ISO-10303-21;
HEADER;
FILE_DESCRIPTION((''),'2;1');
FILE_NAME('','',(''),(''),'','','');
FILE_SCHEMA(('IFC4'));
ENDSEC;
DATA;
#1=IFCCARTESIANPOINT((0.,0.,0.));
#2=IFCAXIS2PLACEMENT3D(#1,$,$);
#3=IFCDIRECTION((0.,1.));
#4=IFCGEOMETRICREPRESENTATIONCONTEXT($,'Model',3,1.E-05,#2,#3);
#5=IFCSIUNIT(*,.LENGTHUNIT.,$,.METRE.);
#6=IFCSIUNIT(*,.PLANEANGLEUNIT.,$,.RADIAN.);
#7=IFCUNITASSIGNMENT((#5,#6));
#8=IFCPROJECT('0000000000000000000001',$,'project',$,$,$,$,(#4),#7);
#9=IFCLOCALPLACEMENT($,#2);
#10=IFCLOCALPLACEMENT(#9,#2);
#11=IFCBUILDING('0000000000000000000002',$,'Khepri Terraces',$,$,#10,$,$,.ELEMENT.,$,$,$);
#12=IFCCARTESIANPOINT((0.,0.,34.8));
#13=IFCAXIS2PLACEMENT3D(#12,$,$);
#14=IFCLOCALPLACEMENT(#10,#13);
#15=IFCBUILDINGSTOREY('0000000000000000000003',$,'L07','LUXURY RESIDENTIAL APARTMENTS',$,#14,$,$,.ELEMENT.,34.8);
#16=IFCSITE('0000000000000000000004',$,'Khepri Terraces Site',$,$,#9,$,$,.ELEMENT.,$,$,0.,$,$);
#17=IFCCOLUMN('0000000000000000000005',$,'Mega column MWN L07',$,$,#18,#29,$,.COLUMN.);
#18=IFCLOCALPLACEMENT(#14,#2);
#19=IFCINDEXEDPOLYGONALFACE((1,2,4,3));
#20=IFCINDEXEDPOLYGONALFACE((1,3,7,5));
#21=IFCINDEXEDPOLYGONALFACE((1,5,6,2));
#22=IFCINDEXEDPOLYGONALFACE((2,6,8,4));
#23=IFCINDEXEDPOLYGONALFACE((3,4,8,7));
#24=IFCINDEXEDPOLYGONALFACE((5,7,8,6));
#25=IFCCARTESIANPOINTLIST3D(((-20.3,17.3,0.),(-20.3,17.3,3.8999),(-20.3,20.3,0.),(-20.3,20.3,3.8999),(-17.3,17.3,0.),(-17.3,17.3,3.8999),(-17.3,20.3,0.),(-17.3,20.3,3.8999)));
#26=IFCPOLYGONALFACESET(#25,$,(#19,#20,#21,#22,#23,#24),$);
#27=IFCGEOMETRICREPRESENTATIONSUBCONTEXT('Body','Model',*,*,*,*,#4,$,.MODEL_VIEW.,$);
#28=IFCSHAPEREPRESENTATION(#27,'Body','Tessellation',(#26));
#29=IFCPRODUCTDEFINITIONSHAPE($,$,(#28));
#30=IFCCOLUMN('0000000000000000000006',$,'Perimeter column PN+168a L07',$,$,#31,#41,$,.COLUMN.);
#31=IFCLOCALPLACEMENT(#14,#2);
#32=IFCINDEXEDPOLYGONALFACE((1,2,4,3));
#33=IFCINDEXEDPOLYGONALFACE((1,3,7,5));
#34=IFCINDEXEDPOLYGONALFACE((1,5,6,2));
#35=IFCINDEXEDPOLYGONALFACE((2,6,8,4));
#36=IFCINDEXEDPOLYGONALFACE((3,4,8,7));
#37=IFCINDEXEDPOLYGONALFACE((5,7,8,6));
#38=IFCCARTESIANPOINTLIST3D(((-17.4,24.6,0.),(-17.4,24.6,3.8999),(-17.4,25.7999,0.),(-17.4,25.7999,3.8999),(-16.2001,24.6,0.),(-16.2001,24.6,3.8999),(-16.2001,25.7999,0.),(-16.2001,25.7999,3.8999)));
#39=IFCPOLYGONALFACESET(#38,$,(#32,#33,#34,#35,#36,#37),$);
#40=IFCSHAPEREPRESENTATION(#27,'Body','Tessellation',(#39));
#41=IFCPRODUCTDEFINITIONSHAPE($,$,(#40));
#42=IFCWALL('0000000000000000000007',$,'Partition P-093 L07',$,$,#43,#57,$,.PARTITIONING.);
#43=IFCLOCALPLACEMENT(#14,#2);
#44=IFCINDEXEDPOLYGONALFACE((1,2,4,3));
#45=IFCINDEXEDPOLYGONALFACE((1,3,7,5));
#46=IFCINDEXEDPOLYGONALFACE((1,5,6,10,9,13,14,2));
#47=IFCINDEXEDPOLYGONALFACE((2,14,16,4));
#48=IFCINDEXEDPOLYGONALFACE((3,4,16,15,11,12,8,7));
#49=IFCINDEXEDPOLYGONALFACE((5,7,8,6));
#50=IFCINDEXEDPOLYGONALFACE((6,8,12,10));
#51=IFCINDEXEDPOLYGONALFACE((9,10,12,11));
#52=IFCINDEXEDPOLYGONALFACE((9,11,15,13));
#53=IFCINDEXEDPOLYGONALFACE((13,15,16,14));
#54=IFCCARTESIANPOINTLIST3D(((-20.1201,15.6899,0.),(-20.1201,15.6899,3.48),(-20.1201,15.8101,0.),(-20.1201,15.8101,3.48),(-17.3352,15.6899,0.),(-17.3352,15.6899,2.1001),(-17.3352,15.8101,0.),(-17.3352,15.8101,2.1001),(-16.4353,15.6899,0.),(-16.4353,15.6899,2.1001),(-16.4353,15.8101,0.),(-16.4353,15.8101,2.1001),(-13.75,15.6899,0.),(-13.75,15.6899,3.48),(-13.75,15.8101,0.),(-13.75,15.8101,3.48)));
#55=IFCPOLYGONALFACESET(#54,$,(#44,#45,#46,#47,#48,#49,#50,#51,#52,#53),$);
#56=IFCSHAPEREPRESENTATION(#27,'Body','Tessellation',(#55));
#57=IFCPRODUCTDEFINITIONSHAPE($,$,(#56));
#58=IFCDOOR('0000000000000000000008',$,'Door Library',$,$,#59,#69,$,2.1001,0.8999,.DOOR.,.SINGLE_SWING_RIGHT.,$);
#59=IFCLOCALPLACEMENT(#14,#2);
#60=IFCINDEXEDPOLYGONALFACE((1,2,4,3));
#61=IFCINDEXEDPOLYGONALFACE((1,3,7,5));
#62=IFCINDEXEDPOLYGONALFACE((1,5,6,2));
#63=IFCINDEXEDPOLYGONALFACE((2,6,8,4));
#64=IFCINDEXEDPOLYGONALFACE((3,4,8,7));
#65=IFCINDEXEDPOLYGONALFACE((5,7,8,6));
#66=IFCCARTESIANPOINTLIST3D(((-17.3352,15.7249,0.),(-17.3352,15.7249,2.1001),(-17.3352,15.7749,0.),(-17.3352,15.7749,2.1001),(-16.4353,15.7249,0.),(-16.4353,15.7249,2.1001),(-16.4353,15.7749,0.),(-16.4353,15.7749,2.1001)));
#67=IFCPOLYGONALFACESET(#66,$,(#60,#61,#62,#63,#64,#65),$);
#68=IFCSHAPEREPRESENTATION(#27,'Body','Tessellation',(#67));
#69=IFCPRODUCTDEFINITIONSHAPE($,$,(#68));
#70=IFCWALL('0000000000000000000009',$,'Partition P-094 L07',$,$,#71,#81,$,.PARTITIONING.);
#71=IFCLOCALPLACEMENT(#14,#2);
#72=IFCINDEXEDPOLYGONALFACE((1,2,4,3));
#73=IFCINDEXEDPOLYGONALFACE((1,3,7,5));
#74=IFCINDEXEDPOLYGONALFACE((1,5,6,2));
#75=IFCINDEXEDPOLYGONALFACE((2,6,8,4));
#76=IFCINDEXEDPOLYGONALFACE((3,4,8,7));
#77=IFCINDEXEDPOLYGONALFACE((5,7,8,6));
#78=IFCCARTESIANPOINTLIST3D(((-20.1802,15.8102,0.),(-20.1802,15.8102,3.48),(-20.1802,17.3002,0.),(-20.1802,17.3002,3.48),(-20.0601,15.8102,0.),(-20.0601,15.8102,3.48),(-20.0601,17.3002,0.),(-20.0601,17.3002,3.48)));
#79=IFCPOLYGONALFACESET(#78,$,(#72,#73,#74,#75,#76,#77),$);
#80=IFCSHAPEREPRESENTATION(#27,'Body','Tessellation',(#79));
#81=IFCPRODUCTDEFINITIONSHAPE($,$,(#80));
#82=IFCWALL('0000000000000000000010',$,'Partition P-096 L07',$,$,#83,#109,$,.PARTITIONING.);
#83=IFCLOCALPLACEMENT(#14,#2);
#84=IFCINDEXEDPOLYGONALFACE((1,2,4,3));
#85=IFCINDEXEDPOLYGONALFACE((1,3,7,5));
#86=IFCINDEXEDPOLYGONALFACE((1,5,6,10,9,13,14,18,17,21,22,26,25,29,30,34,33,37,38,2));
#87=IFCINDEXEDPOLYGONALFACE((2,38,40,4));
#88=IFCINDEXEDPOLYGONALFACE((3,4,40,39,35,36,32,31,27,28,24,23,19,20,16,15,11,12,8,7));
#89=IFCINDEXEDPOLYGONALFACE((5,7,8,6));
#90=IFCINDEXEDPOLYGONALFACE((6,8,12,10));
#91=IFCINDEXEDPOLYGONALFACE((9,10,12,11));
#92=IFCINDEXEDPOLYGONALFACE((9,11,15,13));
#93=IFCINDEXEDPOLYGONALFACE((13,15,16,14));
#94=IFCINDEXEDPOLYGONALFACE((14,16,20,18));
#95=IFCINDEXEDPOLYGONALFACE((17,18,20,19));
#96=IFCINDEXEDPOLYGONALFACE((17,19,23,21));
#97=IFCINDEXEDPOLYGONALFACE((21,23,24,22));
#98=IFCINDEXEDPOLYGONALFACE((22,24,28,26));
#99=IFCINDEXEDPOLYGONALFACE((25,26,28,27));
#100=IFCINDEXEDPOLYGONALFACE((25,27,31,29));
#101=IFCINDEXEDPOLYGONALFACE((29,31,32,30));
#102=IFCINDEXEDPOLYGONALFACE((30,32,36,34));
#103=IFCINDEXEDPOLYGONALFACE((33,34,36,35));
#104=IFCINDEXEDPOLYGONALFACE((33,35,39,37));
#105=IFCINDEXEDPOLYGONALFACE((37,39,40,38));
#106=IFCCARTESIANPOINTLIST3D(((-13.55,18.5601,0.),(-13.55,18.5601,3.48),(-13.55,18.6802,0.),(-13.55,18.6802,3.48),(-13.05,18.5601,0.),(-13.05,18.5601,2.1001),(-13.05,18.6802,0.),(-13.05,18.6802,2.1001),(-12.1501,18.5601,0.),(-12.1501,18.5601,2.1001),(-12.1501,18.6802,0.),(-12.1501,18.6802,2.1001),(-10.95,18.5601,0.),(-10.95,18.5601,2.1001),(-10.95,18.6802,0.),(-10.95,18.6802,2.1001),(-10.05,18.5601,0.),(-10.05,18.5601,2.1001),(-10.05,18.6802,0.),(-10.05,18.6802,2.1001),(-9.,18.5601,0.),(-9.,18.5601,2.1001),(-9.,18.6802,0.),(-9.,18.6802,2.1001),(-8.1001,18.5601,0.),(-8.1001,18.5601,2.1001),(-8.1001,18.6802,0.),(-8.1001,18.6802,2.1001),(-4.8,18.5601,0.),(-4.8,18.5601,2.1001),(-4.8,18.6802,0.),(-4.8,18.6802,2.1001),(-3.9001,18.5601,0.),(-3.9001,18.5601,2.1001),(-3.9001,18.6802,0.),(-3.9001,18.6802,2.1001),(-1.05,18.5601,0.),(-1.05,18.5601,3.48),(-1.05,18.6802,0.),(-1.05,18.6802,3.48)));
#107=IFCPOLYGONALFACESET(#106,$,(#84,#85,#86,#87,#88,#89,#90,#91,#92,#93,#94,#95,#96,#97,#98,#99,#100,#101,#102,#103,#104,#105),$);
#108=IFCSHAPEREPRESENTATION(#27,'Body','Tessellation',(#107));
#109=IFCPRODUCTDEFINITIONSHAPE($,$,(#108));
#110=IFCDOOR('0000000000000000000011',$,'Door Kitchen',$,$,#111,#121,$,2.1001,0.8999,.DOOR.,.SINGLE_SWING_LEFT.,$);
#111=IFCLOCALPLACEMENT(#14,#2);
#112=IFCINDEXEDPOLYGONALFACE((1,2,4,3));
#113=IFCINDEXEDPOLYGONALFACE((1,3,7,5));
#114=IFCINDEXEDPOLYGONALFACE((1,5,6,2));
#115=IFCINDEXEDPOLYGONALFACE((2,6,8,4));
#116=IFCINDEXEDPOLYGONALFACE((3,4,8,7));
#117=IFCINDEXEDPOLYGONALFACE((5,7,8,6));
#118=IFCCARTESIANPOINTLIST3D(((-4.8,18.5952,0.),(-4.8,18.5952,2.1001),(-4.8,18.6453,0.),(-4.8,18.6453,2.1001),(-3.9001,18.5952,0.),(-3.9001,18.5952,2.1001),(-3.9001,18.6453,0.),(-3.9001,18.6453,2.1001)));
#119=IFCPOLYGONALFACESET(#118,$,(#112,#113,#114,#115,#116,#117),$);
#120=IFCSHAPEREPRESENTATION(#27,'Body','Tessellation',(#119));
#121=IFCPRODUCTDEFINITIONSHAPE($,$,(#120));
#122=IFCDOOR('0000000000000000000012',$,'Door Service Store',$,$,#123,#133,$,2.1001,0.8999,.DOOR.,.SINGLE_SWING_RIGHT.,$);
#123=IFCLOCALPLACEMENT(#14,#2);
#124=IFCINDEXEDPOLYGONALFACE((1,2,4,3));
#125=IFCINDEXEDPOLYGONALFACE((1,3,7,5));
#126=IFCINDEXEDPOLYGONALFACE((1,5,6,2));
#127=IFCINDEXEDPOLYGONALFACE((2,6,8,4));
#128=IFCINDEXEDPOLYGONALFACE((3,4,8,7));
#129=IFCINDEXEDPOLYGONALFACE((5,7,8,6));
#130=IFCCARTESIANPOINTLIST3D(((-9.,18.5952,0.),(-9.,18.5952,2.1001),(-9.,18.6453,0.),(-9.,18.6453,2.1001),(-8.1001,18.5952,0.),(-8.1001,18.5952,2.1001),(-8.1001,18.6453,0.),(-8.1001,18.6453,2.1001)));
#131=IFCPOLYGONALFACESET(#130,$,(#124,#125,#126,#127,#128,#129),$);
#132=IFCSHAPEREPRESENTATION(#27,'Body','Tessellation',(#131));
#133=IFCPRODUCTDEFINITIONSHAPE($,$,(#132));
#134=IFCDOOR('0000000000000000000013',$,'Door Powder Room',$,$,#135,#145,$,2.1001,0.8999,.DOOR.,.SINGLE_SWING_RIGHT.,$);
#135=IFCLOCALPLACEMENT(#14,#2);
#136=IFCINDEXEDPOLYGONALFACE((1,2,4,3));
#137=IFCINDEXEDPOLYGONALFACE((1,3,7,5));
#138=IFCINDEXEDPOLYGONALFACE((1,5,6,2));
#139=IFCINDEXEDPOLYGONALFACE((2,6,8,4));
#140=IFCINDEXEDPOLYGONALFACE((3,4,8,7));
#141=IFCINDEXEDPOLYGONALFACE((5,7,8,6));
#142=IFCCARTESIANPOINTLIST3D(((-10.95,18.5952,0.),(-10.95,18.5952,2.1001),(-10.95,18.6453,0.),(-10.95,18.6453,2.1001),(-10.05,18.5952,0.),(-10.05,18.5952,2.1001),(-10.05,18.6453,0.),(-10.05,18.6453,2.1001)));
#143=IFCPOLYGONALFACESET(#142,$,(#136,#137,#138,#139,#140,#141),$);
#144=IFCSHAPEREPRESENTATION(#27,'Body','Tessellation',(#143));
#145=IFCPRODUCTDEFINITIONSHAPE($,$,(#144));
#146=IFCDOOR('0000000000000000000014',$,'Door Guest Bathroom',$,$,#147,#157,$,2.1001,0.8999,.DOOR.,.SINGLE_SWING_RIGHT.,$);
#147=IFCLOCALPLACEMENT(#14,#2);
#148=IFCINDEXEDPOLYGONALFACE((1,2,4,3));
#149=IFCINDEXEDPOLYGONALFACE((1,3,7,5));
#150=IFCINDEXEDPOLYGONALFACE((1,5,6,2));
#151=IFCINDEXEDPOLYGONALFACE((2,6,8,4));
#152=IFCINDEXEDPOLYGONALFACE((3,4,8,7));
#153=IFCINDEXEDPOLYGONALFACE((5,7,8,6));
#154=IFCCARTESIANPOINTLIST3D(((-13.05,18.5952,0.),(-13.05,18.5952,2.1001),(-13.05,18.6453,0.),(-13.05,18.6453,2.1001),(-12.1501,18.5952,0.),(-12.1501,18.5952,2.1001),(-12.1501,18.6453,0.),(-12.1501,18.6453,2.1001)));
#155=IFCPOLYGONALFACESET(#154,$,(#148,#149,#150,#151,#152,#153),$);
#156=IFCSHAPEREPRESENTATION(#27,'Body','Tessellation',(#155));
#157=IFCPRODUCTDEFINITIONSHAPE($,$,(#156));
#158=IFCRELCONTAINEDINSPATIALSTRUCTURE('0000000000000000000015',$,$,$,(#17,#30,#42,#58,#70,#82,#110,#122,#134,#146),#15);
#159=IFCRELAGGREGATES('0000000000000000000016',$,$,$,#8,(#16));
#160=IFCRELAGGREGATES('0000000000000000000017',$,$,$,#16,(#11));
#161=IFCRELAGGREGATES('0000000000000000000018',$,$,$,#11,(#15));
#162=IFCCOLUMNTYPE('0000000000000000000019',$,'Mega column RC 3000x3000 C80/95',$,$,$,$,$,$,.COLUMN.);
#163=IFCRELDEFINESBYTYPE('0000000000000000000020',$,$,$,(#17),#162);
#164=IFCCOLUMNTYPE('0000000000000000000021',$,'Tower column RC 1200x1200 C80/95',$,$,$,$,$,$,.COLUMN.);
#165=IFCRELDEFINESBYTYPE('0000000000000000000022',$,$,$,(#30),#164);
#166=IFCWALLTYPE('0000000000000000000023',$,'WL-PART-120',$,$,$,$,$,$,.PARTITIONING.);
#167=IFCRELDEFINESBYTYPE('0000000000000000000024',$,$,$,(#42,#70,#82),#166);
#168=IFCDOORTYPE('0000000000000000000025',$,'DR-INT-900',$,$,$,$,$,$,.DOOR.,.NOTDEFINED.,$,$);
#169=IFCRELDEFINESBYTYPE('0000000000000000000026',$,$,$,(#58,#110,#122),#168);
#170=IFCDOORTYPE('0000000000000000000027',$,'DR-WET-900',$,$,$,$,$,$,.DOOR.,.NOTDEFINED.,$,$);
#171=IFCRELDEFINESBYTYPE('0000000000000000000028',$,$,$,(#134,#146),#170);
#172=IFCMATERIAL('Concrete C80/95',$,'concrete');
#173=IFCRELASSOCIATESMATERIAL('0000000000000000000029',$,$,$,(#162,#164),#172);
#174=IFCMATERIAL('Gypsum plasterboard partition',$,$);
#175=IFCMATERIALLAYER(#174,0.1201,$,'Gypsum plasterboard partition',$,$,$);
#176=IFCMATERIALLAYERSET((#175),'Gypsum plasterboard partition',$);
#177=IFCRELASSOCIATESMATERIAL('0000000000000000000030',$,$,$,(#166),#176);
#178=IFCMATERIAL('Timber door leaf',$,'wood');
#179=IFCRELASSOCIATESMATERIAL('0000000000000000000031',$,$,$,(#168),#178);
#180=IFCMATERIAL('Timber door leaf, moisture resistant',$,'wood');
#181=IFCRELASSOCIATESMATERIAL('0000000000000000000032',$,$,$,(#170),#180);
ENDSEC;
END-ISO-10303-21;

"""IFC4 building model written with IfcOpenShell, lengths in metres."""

from ifc_helpers import new_model, si_unit, direction, frame, frame_2d, origin, origin_2d, place, context, subcontext, project, spatial, rectangle, extrude, material, layer, layer_set, material_profile, profile_set, type_object, element, fill, save


model = new_model("IFC4")

# Units and contexts
model_context = context("Model", 3, precision=1e-05, world=origin(), true_north=direction((0.0, 1.0)))
body_context = subcontext(model_context, "Body", "Model", "MODEL_VIEW")
ifc_project = project(units=[si_unit("LENGTHUNIT", "METRE"), si_unit("PLANEANGLEUNIT", "RADIAN")], contexts=[model_context])

# Site, building, storey
site_placement = place(None, origin())
site = spatial("IfcSite", under=ifc_project, at=site_placement, Name="Khepri Terraces Site", CompositionType="ELEMENT", RefElevation=0.0)
building_placement = place(site_placement, origin())
building = spatial("IfcBuilding", under=site, at=building_placement, Name="Khepri Terraces", CompositionType="ELEMENT")
storey_placement = place(building_placement, frame((0.0, 0.0, 34.8)))
storey = spatial("IfcBuildingStorey", under=building, at=storey_placement, Name="L07", Description="LUXURY RESIDENTIAL APARTMENTS", CompositionType="ELEMENT", Elevation=34.8)

# Columns
ifc_material_1 = material(Name="Concrete C80/95", Category="concrete")
ifc_material_profile_1 = material_profile(ifc_material_1, rectangle(XDim=3.0, YDim=3.0, at=origin_2d()), Name="Concrete C80/95", Category="concrete")
ifc_profile_set_1 = profile_set([ifc_material_profile_1], Name="Concrete C80/95")
column_type_1 = type_object("IfcColumnType", Name="Mega column RC 3000x3000 C80/95", PredefinedType="COLUMN", material=ifc_profile_set_1)
column_1_placement = place(storey_placement, frame((-18.8, 18.8, 0.0), z_axis=(0.0, 0.0, 1.0), x_axis=(1.0, 0.0, 0.0)))
element("IfcColumn", 1, at=column_1_placement, inside=storey, type_object=column_type_1, Name="Mega column MWN L07", PredefinedType="COLUMN", context=body_context, shape_type="SweptSolid", body=[
    extrude(rectangle(XDim=3.0, YDim=3.0, at=origin_2d()), origin(), (0.0, 0.0, 1.0), 3.8999),
])
ifc_material_profile_2 = material_profile(ifc_material_1, rectangle(XDim=1.2, YDim=1.2, at=origin_2d()), Name="Concrete C80/95", Category="concrete")
ifc_profile_set_2 = profile_set([ifc_material_profile_2], Name="Concrete C80/95")
column_type_2 = type_object("IfcColumnType", Name="Tower column RC 1200x1200 C80/95", PredefinedType="COLUMN", material=ifc_profile_set_2)
column_2_placement = place(storey_placement, frame((-16.8, 25.2, 0.0), z_axis=(0.0, 0.0, 1.0), x_axis=(1.0, 0.0, 0.0)))
element("IfcColumn", 2, at=column_2_placement, inside=storey, type_object=column_type_2, Name="Perimeter column PN+168a L07", PredefinedType="COLUMN", context=body_context, shape_type="SweptSolid", body=[
    extrude(rectangle(XDim=1.2, YDim=1.2, at=origin_2d()), origin(), (0.0, 0.0, 1.0), 3.8999),
])

# Wall, opening, door
ifc_material_2 = material(Name="Gypsum plasterboard partition")
ifc_layer_1 = layer(ifc_material_2, 0.1201, Name="Gypsum plasterboard partition")
ifc_layer_set_1 = layer_set([ifc_layer_1], Name="Gypsum plasterboard partition")
wall_type_1 = type_object("IfcWallType", Name="WL-PART-120", PredefinedType="PARTITIONING", material=ifc_layer_set_1)
wall_1_placement = place(storey_placement, frame((-20.1201, 15.75, 0.0), z_axis=(0.0, 0.0, 1.0), x_axis=(1.0, 0.0, 0.0)))
wall_1 = element("IfcWall", 3, at=wall_1_placement, inside=storey, type_object=wall_type_1, Name="Partition P-093 L07", PredefinedType="PARTITIONING", context=body_context, shape_type="SweptSolid", body=[
    extrude(rectangle(XDim=6.3701, YDim=0.1201, at=frame_2d((3.1851, 0.0))), origin(), (0.0, 0.0, 1.0), 3.48),
])
opening_1_placement = place(wall_1_placement, frame((2.7849, 0.0, 0.0)))
opening_1 = element("IfcOpeningElement", 4, at=opening_1_placement, cuts=wall_1, PredefinedType="OPENING", context=body_context, shape_type="SweptSolid", body=[
    extrude(rectangle(XDim=0.8999, YDim=2.1001, at=frame_2d((0.45, 1.05))), frame((0.0, 0.0701, 0.0), z_axis=(0.0, -1.0, 0.0), x_axis=(1.0, 0.0, 0.0)), (0.0, 0.0, 1.0), 0.1401),
])
ifc_material_3 = material(Name="Timber door leaf", Category="wood")
door_type_1 = type_object("IfcDoorType", Name="DR-INT-900", OperationType="NOTDEFINED", PredefinedType="DOOR", material=ifc_material_3)
door_1_placement = place(opening_1_placement, origin())
door_1 = element("IfcDoor", 5, at=door_1_placement, inside=storey, type_object=door_type_1, Name="Door Library", OperationType="SINGLE_SWING_RIGHT", OverallHeight=2.1001, OverallWidth=0.8999, PredefinedType="DOOR", context=body_context, shape_type="SweptSolid", body=[
    extrude(rectangle(XDim=0.8999, YDim=2.1001, at=frame_2d((0.45, 1.05))), frame((0.0, 0.0249, 0.0), z_axis=(0.0, -1.0, 0.0), x_axis=(1.0, 0.0, 0.0)), (0.0, 0.0, 1.0), 0.05),
])
fill(opening_1, door_1)

# Wall
wall_2_placement = place(storey_placement, frame((-20.1201, 15.8101, 0.0), z_axis=(0.0, 0.0, 1.0), x_axis=(0.0, 1.0, 0.0)))
element("IfcWall", 6, at=wall_2_placement, inside=storey, type_object=wall_type_1, Name="Partition P-094 L07", PredefinedType="PARTITIONING", context=body_context, shape_type="SweptSolid", body=[
    extrude(rectangle(XDim=1.49, YDim=0.1201, at=frame_2d((0.7451, 0.0))), origin(), (0.0, 0.0, 1.0), 3.48),
])

# Wall, openings, doors
wall_3_placement = place(storey_placement, frame((-13.55, 18.6201, 0.0), z_axis=(0.0, 0.0, 1.0), x_axis=(1.0, 0.0, 0.0)))
wall_3 = element("IfcWall", 7, at=wall_3_placement, inside=storey, type_object=wall_type_1, Name="Partition P-096 L07", PredefinedType="PARTITIONING", context=body_context, shape_type="SweptSolid", body=[
    extrude(rectangle(XDim=12.5, YDim=0.1201, at=frame_2d((6.25, 0.0))), origin(), (0.0, 0.0, 1.0), 3.48),
])
opening_2_placement = place(wall_3_placement, frame((8.75, 0.0, 0.0)))
opening_2 = element("IfcOpeningElement", 8, at=opening_2_placement, cuts=wall_3, PredefinedType="OPENING", context=body_context, shape_type="SweptSolid", body=[
    extrude(rectangle(XDim=0.8999, YDim=2.1001, at=frame_2d((0.45, 1.05))), frame((0.0, 0.0701, 0.0), z_axis=(0.0, -1.0, 0.0), x_axis=(1.0, 0.0, 0.0)), (0.0, 0.0, 1.0), 0.1401),
])
opening_3_placement = place(wall_3_placement, frame((4.55, 0.0, 0.0)))
opening_3 = element("IfcOpeningElement", 9, at=opening_3_placement, cuts=wall_3, PredefinedType="OPENING", context=body_context, shape_type="SweptSolid", body=[
    extrude(rectangle(XDim=0.8999, YDim=2.1001, at=frame_2d((0.45, 1.05))), frame((0.0, 0.0701, 0.0), z_axis=(0.0, -1.0, 0.0), x_axis=(1.0, 0.0, 0.0)), (0.0, 0.0, 1.0), 0.1401),
])
opening_4_placement = place(wall_3_placement, frame((2.6001, 0.0, 0.0)))
opening_4 = element("IfcOpeningElement", 10, at=opening_4_placement, cuts=wall_3, PredefinedType="OPENING", context=body_context, shape_type="SweptSolid", body=[
    extrude(rectangle(XDim=0.8999, YDim=2.1001, at=frame_2d((0.45, 1.05))), frame((0.0, 0.0701, 0.0), z_axis=(0.0, -1.0, 0.0), x_axis=(1.0, 0.0, 0.0)), (0.0, 0.0, 1.0), 0.1401),
])
opening_5_placement = place(wall_3_placement, frame((0.5, 0.0, 0.0)))
opening_5 = element("IfcOpeningElement", 11, at=opening_5_placement, cuts=wall_3, PredefinedType="OPENING", context=body_context, shape_type="SweptSolid", body=[
    extrude(rectangle(XDim=0.8999, YDim=2.1001, at=frame_2d((0.45, 1.05))), frame((0.0, 0.0701, 0.0), z_axis=(0.0, -1.0, 0.0), x_axis=(1.0, 0.0, 0.0)), (0.0, 0.0, 1.0), 0.1401),
])
door_2_placement = place(opening_2_placement, frame((0.8999, 0.0, 0.0), z_axis=(0.0, 0.0, 1.0), x_axis=(-1.0, 0.0, 0.0)))
door_2 = element("IfcDoor", 12, at=door_2_placement, inside=storey, type_object=door_type_1, Name="Door Kitchen", OperationType="SINGLE_SWING_LEFT", OverallHeight=2.1001, OverallWidth=0.8999, PredefinedType="DOOR", context=body_context, shape_type="SweptSolid", body=[
    extrude(rectangle(XDim=0.8999, YDim=2.1001, at=frame_2d((0.45, 1.05))), frame((0.0, 0.0249, 0.0), z_axis=(0.0, -1.0, 0.0), x_axis=(1.0, 0.0, 0.0)), (0.0, 0.0, 1.0), 0.05),
])
fill(opening_2, door_2)
door_3_placement = place(opening_3_placement, frame((0.8999, 0.0, 0.0), z_axis=(0.0, 0.0, 1.0), x_axis=(-1.0, 0.0, 0.0)))
door_3 = element("IfcDoor", 13, at=door_3_placement, inside=storey, type_object=door_type_1, Name="Door Service Store", OperationType="SINGLE_SWING_RIGHT", OverallHeight=2.1001, OverallWidth=0.8999, PredefinedType="DOOR", context=body_context, shape_type="SweptSolid", body=[
    extrude(rectangle(XDim=0.8999, YDim=2.1001, at=frame_2d((0.45, 1.05))), frame((0.0, 0.0249, 0.0), z_axis=(0.0, -1.0, 0.0), x_axis=(1.0, 0.0, 0.0)), (0.0, 0.0, 1.0), 0.05),
])
fill(opening_3, door_3)
ifc_material_4 = material(Name="Timber door leaf, moisture resistant", Category="wood")
door_type_2 = type_object("IfcDoorType", Name="DR-WET-900", OperationType="NOTDEFINED", PredefinedType="DOOR", material=ifc_material_4)
door_4_placement = place(opening_4_placement, frame((0.8999, 0.0, 0.0), z_axis=(0.0, 0.0, 1.0), x_axis=(-1.0, 0.0, 0.0)))
door_4 = element("IfcDoor", 14, at=door_4_placement, inside=storey, type_object=door_type_2, Name="Door Powder Room", OperationType="SINGLE_SWING_RIGHT", OverallHeight=2.1001, OverallWidth=0.8999, PredefinedType="DOOR", context=body_context, shape_type="SweptSolid", body=[
    extrude(rectangle(XDim=0.8999, YDim=2.1001, at=frame_2d((0.45, 1.05))), frame((0.0, 0.0249, 0.0), z_axis=(0.0, -1.0, 0.0), x_axis=(1.0, 0.0, 0.0)), (0.0, 0.0, 1.0), 0.05),
])
fill(opening_4, door_4)
door_5_placement = place(opening_5_placement, frame((0.8999, 0.0, 0.0), z_axis=(0.0, 0.0, 1.0), x_axis=(-1.0, 0.0, 0.0)))
door_5 = element("IfcDoor", 15, at=door_5_placement, inside=storey, type_object=door_type_2, Name="Door Guest Bathroom", OperationType="SINGLE_SWING_RIGHT", OverallHeight=2.1001, OverallWidth=0.8999, PredefinedType="DOOR", context=body_context, shape_type="SweptSolid", body=[
    extrude(rectangle(XDim=0.8999, YDim=2.1001, at=frame_2d((0.45, 1.05))), frame((0.0, 0.0249, 0.0), z_axis=(0.0, -1.0, 0.0), x_axis=(1.0, 0.0, 0.0)), (0.0, 0.0, 1.0), 0.05),
])
fill(opening_5, door_5)

save(model, "model.ifc")
